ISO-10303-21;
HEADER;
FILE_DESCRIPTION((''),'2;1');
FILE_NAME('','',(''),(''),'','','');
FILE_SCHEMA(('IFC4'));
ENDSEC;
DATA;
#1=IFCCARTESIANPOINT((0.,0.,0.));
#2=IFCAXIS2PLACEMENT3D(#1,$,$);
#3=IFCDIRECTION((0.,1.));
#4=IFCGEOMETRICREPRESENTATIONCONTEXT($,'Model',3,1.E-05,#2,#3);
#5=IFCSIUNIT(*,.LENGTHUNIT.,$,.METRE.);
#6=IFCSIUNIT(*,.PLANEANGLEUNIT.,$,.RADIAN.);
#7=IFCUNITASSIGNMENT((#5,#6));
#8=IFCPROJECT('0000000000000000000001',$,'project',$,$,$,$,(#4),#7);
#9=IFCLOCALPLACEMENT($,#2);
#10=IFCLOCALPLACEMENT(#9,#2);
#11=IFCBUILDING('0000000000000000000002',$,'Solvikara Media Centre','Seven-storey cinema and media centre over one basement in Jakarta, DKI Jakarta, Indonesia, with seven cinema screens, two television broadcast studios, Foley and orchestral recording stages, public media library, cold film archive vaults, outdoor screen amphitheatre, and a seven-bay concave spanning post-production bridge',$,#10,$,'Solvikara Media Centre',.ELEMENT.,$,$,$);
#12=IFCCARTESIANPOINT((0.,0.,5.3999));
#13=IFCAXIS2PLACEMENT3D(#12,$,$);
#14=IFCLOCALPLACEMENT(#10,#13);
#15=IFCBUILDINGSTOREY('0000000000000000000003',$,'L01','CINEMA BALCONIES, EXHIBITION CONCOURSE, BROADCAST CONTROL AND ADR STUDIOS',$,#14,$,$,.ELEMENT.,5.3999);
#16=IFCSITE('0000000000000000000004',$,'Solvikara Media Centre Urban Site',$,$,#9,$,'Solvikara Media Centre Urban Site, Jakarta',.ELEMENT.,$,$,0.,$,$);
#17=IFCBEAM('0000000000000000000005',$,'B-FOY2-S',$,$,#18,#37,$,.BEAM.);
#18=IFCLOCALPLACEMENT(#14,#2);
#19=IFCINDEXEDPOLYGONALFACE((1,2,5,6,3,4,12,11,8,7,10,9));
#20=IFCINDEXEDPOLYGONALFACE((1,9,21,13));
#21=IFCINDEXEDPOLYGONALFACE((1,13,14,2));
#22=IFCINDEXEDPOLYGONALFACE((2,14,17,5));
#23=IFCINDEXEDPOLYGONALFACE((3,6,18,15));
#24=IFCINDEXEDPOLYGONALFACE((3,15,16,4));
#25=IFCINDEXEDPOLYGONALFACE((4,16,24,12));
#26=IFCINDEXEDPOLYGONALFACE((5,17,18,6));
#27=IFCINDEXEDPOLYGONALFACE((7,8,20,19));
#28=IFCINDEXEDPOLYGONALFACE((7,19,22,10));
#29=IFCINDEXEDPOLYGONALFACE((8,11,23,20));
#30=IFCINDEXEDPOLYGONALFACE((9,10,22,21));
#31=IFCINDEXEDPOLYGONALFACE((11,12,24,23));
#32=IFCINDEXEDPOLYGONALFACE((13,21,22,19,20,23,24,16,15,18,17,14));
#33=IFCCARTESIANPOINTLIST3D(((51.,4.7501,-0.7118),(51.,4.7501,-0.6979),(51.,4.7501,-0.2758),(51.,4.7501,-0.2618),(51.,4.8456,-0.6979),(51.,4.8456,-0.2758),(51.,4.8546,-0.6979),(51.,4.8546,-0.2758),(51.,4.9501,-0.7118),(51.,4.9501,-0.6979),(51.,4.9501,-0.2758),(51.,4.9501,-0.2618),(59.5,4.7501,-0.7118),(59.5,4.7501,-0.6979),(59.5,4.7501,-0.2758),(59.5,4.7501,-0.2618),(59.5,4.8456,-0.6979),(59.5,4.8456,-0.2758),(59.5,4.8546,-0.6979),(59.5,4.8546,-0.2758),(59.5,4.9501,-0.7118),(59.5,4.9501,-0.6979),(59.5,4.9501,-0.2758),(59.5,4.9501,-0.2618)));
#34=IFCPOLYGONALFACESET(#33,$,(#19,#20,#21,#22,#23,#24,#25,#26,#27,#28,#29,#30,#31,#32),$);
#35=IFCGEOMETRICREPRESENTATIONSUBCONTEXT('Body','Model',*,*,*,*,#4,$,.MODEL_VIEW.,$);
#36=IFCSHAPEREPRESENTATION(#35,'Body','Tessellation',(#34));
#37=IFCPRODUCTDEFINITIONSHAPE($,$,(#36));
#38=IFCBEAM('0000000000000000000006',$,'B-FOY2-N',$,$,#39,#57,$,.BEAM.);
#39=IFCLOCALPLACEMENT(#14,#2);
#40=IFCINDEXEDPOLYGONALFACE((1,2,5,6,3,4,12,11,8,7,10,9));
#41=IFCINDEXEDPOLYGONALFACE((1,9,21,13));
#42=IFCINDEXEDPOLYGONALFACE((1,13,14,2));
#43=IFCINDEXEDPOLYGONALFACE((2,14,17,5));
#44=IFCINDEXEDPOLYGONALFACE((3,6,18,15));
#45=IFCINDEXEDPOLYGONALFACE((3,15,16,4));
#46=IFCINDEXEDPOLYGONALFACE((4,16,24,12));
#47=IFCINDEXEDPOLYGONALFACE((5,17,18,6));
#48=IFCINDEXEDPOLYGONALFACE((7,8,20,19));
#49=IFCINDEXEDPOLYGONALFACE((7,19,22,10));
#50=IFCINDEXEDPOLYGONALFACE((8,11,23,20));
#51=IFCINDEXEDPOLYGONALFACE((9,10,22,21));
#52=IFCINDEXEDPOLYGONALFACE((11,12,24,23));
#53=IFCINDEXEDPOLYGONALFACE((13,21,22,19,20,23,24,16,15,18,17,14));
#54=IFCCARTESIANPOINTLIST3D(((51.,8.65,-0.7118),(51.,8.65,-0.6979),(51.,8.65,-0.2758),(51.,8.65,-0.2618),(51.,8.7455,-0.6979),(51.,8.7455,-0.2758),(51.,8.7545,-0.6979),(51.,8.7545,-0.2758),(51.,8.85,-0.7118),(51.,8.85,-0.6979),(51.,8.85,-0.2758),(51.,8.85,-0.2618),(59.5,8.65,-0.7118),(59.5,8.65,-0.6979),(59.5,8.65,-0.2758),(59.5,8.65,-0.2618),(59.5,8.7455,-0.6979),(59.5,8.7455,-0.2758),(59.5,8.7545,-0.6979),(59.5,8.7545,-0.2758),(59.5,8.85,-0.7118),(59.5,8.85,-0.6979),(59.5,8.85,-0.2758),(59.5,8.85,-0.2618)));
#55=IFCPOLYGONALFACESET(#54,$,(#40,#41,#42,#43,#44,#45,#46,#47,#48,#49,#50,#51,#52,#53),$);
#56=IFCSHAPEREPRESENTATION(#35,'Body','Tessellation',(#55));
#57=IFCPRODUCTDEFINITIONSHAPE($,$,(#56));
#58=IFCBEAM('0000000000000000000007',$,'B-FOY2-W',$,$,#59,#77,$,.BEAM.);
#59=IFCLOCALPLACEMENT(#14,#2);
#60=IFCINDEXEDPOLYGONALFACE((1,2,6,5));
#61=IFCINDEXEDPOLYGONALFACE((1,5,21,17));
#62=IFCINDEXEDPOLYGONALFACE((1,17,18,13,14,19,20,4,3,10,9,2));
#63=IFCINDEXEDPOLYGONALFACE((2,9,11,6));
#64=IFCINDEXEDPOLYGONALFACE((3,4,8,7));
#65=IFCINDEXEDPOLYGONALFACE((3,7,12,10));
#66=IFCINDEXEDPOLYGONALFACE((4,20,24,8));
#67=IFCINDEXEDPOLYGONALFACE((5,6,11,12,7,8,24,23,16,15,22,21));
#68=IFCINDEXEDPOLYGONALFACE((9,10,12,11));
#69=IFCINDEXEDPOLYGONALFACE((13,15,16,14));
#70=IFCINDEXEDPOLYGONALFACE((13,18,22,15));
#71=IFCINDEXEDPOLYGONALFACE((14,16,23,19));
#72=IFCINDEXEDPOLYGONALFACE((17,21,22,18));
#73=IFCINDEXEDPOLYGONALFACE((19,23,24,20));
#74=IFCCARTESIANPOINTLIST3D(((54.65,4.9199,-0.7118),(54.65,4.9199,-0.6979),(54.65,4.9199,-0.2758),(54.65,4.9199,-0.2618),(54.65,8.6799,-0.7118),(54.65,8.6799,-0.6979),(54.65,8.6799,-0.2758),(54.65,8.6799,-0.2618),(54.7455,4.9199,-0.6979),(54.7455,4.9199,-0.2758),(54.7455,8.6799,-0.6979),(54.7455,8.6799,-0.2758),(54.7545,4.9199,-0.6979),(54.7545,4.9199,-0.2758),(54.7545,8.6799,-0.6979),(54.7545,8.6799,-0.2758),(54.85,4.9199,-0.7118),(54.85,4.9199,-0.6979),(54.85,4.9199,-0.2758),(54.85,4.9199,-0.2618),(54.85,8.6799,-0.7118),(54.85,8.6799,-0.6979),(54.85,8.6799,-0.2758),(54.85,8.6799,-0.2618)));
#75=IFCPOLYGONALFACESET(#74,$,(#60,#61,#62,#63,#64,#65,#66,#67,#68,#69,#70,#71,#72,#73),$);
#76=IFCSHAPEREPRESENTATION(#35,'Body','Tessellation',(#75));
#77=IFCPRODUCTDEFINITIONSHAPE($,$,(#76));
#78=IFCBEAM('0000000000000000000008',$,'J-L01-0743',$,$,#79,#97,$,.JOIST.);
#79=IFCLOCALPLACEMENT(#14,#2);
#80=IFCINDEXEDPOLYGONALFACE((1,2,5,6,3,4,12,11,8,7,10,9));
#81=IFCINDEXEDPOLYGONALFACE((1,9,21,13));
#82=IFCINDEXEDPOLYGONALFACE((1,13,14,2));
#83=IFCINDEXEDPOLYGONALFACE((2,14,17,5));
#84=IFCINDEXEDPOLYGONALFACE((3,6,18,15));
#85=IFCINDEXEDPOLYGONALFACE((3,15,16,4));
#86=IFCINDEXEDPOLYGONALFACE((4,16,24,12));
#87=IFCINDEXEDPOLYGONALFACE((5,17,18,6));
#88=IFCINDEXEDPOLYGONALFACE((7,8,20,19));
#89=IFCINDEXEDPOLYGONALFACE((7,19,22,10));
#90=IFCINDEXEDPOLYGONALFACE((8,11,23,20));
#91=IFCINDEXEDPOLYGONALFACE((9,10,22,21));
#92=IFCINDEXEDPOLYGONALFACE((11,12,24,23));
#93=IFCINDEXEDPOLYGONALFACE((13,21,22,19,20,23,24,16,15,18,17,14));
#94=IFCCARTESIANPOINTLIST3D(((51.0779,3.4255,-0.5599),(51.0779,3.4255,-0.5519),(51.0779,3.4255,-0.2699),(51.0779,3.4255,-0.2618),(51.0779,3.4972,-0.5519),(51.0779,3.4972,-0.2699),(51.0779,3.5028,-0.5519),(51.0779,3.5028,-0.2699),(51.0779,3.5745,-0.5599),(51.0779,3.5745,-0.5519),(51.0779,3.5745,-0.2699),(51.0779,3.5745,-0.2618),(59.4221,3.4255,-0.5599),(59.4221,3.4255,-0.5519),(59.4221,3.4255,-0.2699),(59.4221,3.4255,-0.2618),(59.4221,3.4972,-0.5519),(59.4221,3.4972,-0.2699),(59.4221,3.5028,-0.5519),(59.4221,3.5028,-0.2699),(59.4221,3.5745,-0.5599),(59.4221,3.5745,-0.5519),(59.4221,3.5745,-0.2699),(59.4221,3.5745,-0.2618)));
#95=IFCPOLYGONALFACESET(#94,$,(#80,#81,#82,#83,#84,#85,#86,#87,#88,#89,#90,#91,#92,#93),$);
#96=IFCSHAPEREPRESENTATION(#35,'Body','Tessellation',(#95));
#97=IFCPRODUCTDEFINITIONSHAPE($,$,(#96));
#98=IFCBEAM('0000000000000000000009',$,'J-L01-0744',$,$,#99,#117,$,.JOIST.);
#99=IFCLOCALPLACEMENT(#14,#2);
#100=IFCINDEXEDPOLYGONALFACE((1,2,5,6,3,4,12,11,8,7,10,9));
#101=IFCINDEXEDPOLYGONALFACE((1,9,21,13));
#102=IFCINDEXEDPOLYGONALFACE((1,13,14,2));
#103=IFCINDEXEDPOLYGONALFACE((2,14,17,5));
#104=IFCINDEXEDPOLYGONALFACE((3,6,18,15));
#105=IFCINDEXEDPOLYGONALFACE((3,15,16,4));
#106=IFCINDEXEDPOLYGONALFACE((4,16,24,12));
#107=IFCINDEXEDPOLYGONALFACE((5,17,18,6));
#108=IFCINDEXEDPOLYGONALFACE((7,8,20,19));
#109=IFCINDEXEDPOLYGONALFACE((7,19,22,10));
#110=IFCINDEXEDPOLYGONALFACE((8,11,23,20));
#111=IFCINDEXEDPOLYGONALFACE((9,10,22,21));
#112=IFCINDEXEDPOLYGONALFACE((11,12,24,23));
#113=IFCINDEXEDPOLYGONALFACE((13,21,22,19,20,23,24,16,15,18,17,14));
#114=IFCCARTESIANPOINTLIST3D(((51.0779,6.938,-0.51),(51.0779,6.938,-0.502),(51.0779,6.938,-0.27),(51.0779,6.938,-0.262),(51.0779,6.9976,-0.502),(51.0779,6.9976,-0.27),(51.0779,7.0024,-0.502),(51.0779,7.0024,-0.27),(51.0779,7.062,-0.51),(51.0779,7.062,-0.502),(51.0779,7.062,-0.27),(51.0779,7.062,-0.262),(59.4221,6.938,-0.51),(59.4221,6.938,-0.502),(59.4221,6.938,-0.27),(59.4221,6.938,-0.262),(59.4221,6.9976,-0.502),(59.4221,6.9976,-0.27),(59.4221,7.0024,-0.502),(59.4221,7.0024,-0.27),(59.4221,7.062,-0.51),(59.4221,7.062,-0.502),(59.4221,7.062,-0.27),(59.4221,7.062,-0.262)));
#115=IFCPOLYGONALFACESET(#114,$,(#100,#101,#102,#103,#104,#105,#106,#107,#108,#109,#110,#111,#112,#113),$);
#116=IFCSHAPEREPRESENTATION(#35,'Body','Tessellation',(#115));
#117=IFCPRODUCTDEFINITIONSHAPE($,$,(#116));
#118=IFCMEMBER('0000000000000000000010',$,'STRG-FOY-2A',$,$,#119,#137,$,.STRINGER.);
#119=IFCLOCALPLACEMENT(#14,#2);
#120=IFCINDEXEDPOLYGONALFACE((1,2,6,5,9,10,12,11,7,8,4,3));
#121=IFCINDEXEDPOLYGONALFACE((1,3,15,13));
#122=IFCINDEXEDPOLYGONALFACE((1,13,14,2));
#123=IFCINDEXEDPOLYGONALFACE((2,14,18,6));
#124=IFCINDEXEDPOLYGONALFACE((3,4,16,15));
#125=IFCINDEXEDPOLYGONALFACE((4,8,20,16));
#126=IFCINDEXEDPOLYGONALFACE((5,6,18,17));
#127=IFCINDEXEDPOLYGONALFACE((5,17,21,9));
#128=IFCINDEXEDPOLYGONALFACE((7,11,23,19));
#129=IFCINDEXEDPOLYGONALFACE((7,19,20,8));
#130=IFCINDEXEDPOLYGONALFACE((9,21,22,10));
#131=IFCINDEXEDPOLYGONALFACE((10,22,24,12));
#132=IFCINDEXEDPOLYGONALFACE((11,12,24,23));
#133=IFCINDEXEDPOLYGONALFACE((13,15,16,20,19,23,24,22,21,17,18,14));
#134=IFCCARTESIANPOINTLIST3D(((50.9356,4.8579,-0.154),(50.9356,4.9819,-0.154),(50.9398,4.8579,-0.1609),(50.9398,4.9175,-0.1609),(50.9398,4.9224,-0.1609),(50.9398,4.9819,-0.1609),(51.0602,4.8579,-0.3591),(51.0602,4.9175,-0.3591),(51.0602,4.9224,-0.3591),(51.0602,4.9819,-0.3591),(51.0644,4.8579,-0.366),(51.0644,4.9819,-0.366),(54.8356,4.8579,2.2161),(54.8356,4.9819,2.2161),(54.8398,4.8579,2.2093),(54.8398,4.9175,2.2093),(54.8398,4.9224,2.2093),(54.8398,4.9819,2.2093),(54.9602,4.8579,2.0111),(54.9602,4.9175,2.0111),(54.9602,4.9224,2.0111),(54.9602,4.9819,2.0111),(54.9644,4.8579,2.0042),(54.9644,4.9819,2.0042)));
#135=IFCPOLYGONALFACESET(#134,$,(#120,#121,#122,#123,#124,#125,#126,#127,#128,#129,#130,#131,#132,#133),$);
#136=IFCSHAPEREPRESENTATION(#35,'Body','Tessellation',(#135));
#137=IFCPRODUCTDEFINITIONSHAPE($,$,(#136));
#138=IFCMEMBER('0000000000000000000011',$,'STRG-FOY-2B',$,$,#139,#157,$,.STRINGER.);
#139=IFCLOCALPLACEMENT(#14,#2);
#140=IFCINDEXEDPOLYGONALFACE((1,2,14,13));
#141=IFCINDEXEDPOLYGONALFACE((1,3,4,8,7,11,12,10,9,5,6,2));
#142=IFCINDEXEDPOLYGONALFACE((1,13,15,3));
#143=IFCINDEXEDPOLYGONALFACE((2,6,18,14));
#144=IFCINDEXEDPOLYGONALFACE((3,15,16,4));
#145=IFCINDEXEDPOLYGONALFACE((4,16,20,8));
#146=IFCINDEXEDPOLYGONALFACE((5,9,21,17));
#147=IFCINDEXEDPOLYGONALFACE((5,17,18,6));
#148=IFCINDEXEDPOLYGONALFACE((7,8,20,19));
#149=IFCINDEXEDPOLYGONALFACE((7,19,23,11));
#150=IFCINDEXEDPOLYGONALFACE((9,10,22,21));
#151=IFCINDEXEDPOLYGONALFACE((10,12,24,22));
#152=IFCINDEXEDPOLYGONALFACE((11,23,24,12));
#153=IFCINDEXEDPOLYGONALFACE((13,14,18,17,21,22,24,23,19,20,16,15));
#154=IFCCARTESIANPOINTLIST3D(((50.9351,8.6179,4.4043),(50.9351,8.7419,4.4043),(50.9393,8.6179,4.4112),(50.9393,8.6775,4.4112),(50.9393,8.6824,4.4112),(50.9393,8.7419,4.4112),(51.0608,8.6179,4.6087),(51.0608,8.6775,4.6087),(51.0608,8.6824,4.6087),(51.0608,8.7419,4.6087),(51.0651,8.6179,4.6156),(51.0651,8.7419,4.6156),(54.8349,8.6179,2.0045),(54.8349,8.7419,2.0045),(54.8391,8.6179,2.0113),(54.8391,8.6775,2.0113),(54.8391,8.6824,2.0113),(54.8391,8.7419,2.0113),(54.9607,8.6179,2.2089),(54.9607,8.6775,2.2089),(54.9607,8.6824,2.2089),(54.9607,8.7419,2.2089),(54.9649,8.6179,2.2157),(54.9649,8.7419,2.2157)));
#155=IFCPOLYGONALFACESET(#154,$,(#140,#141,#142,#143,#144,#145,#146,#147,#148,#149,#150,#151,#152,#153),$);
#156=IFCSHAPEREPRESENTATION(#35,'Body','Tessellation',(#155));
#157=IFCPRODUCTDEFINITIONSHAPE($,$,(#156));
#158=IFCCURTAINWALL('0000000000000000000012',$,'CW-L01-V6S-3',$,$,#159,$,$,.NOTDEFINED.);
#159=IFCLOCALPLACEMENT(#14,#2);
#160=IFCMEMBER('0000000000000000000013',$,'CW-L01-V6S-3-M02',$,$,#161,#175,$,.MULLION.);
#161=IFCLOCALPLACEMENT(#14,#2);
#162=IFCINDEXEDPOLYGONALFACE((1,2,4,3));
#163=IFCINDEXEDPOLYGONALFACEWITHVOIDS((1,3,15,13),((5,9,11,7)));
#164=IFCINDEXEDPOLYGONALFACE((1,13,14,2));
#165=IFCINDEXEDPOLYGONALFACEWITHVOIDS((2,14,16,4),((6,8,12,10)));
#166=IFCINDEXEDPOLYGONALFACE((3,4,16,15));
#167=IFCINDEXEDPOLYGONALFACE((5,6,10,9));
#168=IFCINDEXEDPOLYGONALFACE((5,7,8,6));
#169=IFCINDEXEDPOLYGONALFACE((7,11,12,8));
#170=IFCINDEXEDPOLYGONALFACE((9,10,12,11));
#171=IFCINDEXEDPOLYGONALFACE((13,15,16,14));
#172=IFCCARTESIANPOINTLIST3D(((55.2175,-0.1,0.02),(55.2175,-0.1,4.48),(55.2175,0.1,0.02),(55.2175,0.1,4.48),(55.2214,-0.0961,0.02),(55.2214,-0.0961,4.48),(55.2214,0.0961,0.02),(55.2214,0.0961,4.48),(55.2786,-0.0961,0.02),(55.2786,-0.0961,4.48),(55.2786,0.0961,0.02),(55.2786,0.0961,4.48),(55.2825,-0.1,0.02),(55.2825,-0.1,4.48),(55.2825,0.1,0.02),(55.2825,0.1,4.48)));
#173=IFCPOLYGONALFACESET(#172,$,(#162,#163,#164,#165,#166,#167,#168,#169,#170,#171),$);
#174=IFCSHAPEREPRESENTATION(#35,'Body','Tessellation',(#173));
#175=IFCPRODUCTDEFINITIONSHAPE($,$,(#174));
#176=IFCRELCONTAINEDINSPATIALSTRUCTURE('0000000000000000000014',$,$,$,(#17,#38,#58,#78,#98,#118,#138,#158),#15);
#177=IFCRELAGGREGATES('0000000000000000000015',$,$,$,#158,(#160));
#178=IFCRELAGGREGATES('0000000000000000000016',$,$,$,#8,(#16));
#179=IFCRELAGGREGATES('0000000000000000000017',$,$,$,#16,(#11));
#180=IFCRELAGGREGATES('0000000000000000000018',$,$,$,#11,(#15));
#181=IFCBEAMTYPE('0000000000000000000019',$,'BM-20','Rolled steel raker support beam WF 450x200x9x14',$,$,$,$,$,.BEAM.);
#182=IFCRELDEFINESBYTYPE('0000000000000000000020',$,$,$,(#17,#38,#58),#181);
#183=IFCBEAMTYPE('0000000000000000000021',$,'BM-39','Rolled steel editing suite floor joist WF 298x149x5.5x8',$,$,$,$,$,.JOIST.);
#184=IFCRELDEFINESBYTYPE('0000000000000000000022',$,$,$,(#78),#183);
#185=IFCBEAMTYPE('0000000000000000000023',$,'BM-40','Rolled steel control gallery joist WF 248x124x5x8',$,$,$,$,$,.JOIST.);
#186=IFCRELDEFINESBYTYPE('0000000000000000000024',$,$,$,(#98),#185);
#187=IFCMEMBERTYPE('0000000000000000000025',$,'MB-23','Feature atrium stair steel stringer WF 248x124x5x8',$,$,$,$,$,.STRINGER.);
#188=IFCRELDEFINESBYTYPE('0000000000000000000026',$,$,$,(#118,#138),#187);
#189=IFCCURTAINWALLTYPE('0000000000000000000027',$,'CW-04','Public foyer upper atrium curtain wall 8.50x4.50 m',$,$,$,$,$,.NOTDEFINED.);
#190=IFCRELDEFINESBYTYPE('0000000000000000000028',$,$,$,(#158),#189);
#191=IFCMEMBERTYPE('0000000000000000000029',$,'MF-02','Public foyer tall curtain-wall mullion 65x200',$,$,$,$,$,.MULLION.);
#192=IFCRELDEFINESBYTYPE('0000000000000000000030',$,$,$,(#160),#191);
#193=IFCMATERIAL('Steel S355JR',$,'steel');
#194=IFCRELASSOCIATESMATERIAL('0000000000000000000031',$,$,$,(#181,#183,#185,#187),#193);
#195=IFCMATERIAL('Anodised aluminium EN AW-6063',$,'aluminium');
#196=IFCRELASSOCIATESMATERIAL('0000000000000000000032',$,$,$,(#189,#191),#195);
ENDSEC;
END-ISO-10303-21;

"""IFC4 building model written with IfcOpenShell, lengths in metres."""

from ifc_helpers import new_model, si_unit, direction, frame, origin, origin_2d, place, context, subcontext, project, spatial, hollow_rectangle, i_section, extrude, material, material_profile, profile_set, type_object, element, aggregate, save


model = new_model("IFC4")

# Units and contexts
model_context = context("Model", 3, precision=1e-05, world=origin(), true_north=direction((0.0, 1.0)))
body_context = subcontext(model_context, "Body", "Model", "MODEL_VIEW")
ifc_project = project(units=[si_unit("LENGTHUNIT", "METRE"), si_unit("PLANEANGLEUNIT", "RADIAN")], contexts=[model_context])

# Site, building, storey
site_placement = place(None, origin())
site = spatial("IfcSite", under=ifc_project, at=site_placement, Name="Solvikara Media Centre Urban Site", LongName="Solvikara Media Centre Urban Site, Jakarta", CompositionType="ELEMENT", RefElevation=0.0)
building_placement = place(site_placement, origin())
building = spatial("IfcBuilding", under=site, at=building_placement, Name="Solvikara Media Centre", Description="Seven-storey cinema and media centre over one basement in Jakarta, DKI Jakarta, Indonesia, with seven cinema screens, two television broadcast studios, Foley and orchestral recording stages, public media library, cold film archive vaults, outdoor screen amphitheatre, and a seven-bay concave spanning post-production bridge", LongName="Solvikara Media Centre", CompositionType="ELEMENT")
storey_placement = place(building_placement, frame((0.0, 0.0, 5.3999)))
storey = spatial("IfcBuildingStorey", under=building, at=storey_placement, Name="L01", Description="CINEMA BALCONIES, EXHIBITION CONCOURSE, BROADCAST CONTROL AND ADR STUDIOS", CompositionType="ELEMENT", Elevation=5.3999)

# Beams
ifc_material_1 = material(Name="Steel S355JR", Category="steel")
ifc_material_profile_1 = material_profile(ifc_material_1, i_section(OverallWidth=0.2, OverallDepth=0.45, WebThickness=0.009, FlangeThickness=0.0139, at=origin_2d()), Name="WF 450x200x9x14")
ifc_profile_set_1 = profile_set([ifc_material_profile_1], Name="Steel S355JR")
beam_type_1 = type_object("IfcBeamType", Name="BM-20", Description="Rolled steel raker support beam WF 450x200x9x14", PredefinedType="BEAM", material=ifc_profile_set_1)
for number, where, z_axis, x_axis, name in (
    (1, (51.0, 4.8501, -0.4868), (1.0, 0.0, 0.0), (0.0, 1.0, 0.0), "B-FOY2-S"),
    (2, (51.0, 8.75, -0.4868), (1.0, 0.0, 0.0), (0.0, 1.0, 0.0), "B-FOY2-N"),
):
    element("IfcBeam", number, at=place(storey_placement, frame(where, z_axis=z_axis, x_axis=x_axis)), inside=storey, type_object=beam_type_1, Name=name, PredefinedType="BEAM", context=body_context, shape_type="SweptSolid", body=[
        extrude(i_section(OverallWidth=0.2, OverallDepth=0.45, WebThickness=0.009, FlangeThickness=0.0139, at=origin_2d()), origin(), (0.0, 0.0, 1.0), 8.5),
    ])
beam_1_placement = place(storey_placement, frame((54.75, 4.9199, -0.4868), z_axis=(0.0, 1.0, 0.0), x_axis=(-1.0, 0.0, 0.0)))
element("IfcBeam", 3, at=beam_1_placement, inside=storey, type_object=beam_type_1, Name="B-FOY2-W", PredefinedType="BEAM", context=body_context, shape_type="SweptSolid", body=[
    extrude(i_section(OverallWidth=0.2, OverallDepth=0.45, WebThickness=0.009, FlangeThickness=0.0139, at=origin_2d()), origin(), (0.0, 0.0, 1.0), 3.76),
])
ifc_material_profile_2 = material_profile(ifc_material_1, i_section(OverallWidth=0.1489, OverallDepth=0.2981, WebThickness=0.0056, FlangeThickness=0.0081, at=origin_2d()), Name="WF 298x149x5.5x8")
ifc_profile_set_2 = profile_set([ifc_material_profile_2], Name="Steel S355JR")
beam_type_2 = type_object("IfcBeamType", Name="BM-39", Description="Rolled steel editing suite floor joist WF 298x149x5.5x8", PredefinedType="JOIST", material=ifc_profile_set_2)
beam_2_placement = place(storey_placement, frame((51.0779, 3.5, -0.4109), z_axis=(1.0, 0.0, 0.0), x_axis=(0.0, 1.0, 0.0)))
element("IfcBeam", 4, at=beam_2_placement, inside=storey, type_object=beam_type_2, Name="J-L01-0743", PredefinedType="JOIST", context=body_context, shape_type="SweptSolid", body=[
    extrude(i_section(OverallWidth=0.1489, OverallDepth=0.2981, WebThickness=0.0056, FlangeThickness=0.0081, at=origin_2d()), origin(), (0.0, 0.0, 1.0), 8.3442),
])
ifc_material_profile_3 = material_profile(ifc_material_1, i_section(OverallWidth=0.124, OverallDepth=0.248, WebThickness=0.0049, FlangeThickness=0.0081, at=origin_2d()), Name="WF 248x124x5x8")
ifc_profile_set_3 = profile_set([ifc_material_profile_3], Name="Steel S355JR")
beam_type_3 = type_object("IfcBeamType", Name="BM-40", Description="Rolled steel control gallery joist WF 248x124x5x8", PredefinedType="JOIST", material=ifc_profile_set_3)
beam_3_placement = place(storey_placement, frame((51.0779, 7.0, -0.386), z_axis=(1.0, 0.0, 0.0), x_axis=(0.0, 1.0, 0.0)))
element("IfcBeam", 5, at=beam_3_placement, inside=storey, type_object=beam_type_3, Name="J-L01-0744", PredefinedType="JOIST", context=body_context, shape_type="SweptSolid", body=[
    extrude(i_section(OverallWidth=0.124, OverallDepth=0.248, WebThickness=0.0049, FlangeThickness=0.0081, at=origin_2d()), origin(), (0.0, 0.0, 1.0), 8.3442),
])

# Members
ifc_material_profile_4 = material_profile(ifc_material_1, i_section(OverallWidth=0.124, OverallDepth=0.248, WebThickness=0.0049, FlangeThickness=0.0081, at=origin_2d()), Name="WF 248x124x5x8")
ifc_profile_set_4 = profile_set([ifc_material_profile_4], Name="Steel S355JR")
member_type_1 = type_object("IfcMemberType", Name="MB-23", Description="Feature atrium stair steel stringer WF 248x124x5x8", PredefinedType="STRINGER", material=ifc_profile_set_4)
member_1_placement = place(storey_placement, frame((51.0, 4.9199, -0.26), z_axis=(0.854562, 0.0, 0.519349), x_axis=(0.0, 1.0, 0.0)))
element("IfcMember", 6, at=member_1_placement, inside=storey, type_object=member_type_1, Name="STRG-FOY-2A", PredefinedType="STRINGER", context=body_context, shape_type="SweptSolid", body=[
    extrude(i_section(OverallWidth=0.124, OverallDepth=0.248, WebThickness=0.0049, FlangeThickness=0.0081, at=origin_2d()), origin(), (0.0, 0.0, 1.0), 4.5637),
])
member_2_placement = place(storey_placement, frame((54.8999, 8.6799, 2.1101), z_axis=(-0.851662, 0.0, 0.524091), x_axis=(0.0, -1.0, 0.0)))
element("IfcMember", 7, at=member_2_placement, inside=storey, type_object=member_type_1, Name="STRG-FOY-2B", PredefinedType="STRINGER", context=body_context, shape_type="SweptSolid", body=[
    extrude(i_section(OverallWidth=0.124, OverallDepth=0.248, WebThickness=0.0049, FlangeThickness=0.0081, at=origin_2d()), origin(), (0.0, 0.0, 1.0), 4.5791),
])

# Curtain wall, member
ifc_material_2 = material(Name="Anodised aluminium EN AW-6063", Category="aluminium")
curtain_wall_type = type_object("IfcCurtainWallType", Name="CW-04", Description="Public foyer upper atrium curtain wall 8.50x4.50 m", PredefinedType="NOTDEFINED", material=ifc_material_2)
curtain_wall_placement = place(storey_placement, origin())
curtain_wall = element("IfcCurtainWall", 8, at=curtain_wall_placement, inside=storey, type_object=curtain_wall_type, Name="CW-L01-V6S-3", PredefinedType="NOTDEFINED")
ifc_material_profile_5 = material_profile(ifc_material_2, hollow_rectangle(XDim=0.0649, YDim=0.2, WallThickness=0.0039, at=origin_2d()), Name="ALU-M 65x200x4")
ifc_profile_set_5 = profile_set([ifc_material_profile_5], Name="Anodised aluminium EN AW-6063")
member_type_2 = type_object("IfcMemberType", Name="MF-02", Description="Public foyer tall curtain-wall mullion 65x200", PredefinedType="MULLION", material=ifc_profile_set_5)
member_3_placement = place(storey_placement, frame((55.25, 0.0, 0.02), z_axis=(0.0, 0.0, 1.0), x_axis=(1.0, 0.0, 0.0)))
member_3 = element("IfcMember", 9, at=member_3_placement, type_object=member_type_2, Name="CW-L01-V6S-3-M02", PredefinedType="MULLION", context=body_context, shape_type="SweptSolid", body=[
    extrude(hollow_rectangle(XDim=0.0649, YDim=0.2, WallThickness=0.0039, at=origin_2d()), origin(), (0.0, 0.0, 1.0), 4.46),
])
aggregate(curtain_wall, [member_3])

save(model, "model.ifc")
